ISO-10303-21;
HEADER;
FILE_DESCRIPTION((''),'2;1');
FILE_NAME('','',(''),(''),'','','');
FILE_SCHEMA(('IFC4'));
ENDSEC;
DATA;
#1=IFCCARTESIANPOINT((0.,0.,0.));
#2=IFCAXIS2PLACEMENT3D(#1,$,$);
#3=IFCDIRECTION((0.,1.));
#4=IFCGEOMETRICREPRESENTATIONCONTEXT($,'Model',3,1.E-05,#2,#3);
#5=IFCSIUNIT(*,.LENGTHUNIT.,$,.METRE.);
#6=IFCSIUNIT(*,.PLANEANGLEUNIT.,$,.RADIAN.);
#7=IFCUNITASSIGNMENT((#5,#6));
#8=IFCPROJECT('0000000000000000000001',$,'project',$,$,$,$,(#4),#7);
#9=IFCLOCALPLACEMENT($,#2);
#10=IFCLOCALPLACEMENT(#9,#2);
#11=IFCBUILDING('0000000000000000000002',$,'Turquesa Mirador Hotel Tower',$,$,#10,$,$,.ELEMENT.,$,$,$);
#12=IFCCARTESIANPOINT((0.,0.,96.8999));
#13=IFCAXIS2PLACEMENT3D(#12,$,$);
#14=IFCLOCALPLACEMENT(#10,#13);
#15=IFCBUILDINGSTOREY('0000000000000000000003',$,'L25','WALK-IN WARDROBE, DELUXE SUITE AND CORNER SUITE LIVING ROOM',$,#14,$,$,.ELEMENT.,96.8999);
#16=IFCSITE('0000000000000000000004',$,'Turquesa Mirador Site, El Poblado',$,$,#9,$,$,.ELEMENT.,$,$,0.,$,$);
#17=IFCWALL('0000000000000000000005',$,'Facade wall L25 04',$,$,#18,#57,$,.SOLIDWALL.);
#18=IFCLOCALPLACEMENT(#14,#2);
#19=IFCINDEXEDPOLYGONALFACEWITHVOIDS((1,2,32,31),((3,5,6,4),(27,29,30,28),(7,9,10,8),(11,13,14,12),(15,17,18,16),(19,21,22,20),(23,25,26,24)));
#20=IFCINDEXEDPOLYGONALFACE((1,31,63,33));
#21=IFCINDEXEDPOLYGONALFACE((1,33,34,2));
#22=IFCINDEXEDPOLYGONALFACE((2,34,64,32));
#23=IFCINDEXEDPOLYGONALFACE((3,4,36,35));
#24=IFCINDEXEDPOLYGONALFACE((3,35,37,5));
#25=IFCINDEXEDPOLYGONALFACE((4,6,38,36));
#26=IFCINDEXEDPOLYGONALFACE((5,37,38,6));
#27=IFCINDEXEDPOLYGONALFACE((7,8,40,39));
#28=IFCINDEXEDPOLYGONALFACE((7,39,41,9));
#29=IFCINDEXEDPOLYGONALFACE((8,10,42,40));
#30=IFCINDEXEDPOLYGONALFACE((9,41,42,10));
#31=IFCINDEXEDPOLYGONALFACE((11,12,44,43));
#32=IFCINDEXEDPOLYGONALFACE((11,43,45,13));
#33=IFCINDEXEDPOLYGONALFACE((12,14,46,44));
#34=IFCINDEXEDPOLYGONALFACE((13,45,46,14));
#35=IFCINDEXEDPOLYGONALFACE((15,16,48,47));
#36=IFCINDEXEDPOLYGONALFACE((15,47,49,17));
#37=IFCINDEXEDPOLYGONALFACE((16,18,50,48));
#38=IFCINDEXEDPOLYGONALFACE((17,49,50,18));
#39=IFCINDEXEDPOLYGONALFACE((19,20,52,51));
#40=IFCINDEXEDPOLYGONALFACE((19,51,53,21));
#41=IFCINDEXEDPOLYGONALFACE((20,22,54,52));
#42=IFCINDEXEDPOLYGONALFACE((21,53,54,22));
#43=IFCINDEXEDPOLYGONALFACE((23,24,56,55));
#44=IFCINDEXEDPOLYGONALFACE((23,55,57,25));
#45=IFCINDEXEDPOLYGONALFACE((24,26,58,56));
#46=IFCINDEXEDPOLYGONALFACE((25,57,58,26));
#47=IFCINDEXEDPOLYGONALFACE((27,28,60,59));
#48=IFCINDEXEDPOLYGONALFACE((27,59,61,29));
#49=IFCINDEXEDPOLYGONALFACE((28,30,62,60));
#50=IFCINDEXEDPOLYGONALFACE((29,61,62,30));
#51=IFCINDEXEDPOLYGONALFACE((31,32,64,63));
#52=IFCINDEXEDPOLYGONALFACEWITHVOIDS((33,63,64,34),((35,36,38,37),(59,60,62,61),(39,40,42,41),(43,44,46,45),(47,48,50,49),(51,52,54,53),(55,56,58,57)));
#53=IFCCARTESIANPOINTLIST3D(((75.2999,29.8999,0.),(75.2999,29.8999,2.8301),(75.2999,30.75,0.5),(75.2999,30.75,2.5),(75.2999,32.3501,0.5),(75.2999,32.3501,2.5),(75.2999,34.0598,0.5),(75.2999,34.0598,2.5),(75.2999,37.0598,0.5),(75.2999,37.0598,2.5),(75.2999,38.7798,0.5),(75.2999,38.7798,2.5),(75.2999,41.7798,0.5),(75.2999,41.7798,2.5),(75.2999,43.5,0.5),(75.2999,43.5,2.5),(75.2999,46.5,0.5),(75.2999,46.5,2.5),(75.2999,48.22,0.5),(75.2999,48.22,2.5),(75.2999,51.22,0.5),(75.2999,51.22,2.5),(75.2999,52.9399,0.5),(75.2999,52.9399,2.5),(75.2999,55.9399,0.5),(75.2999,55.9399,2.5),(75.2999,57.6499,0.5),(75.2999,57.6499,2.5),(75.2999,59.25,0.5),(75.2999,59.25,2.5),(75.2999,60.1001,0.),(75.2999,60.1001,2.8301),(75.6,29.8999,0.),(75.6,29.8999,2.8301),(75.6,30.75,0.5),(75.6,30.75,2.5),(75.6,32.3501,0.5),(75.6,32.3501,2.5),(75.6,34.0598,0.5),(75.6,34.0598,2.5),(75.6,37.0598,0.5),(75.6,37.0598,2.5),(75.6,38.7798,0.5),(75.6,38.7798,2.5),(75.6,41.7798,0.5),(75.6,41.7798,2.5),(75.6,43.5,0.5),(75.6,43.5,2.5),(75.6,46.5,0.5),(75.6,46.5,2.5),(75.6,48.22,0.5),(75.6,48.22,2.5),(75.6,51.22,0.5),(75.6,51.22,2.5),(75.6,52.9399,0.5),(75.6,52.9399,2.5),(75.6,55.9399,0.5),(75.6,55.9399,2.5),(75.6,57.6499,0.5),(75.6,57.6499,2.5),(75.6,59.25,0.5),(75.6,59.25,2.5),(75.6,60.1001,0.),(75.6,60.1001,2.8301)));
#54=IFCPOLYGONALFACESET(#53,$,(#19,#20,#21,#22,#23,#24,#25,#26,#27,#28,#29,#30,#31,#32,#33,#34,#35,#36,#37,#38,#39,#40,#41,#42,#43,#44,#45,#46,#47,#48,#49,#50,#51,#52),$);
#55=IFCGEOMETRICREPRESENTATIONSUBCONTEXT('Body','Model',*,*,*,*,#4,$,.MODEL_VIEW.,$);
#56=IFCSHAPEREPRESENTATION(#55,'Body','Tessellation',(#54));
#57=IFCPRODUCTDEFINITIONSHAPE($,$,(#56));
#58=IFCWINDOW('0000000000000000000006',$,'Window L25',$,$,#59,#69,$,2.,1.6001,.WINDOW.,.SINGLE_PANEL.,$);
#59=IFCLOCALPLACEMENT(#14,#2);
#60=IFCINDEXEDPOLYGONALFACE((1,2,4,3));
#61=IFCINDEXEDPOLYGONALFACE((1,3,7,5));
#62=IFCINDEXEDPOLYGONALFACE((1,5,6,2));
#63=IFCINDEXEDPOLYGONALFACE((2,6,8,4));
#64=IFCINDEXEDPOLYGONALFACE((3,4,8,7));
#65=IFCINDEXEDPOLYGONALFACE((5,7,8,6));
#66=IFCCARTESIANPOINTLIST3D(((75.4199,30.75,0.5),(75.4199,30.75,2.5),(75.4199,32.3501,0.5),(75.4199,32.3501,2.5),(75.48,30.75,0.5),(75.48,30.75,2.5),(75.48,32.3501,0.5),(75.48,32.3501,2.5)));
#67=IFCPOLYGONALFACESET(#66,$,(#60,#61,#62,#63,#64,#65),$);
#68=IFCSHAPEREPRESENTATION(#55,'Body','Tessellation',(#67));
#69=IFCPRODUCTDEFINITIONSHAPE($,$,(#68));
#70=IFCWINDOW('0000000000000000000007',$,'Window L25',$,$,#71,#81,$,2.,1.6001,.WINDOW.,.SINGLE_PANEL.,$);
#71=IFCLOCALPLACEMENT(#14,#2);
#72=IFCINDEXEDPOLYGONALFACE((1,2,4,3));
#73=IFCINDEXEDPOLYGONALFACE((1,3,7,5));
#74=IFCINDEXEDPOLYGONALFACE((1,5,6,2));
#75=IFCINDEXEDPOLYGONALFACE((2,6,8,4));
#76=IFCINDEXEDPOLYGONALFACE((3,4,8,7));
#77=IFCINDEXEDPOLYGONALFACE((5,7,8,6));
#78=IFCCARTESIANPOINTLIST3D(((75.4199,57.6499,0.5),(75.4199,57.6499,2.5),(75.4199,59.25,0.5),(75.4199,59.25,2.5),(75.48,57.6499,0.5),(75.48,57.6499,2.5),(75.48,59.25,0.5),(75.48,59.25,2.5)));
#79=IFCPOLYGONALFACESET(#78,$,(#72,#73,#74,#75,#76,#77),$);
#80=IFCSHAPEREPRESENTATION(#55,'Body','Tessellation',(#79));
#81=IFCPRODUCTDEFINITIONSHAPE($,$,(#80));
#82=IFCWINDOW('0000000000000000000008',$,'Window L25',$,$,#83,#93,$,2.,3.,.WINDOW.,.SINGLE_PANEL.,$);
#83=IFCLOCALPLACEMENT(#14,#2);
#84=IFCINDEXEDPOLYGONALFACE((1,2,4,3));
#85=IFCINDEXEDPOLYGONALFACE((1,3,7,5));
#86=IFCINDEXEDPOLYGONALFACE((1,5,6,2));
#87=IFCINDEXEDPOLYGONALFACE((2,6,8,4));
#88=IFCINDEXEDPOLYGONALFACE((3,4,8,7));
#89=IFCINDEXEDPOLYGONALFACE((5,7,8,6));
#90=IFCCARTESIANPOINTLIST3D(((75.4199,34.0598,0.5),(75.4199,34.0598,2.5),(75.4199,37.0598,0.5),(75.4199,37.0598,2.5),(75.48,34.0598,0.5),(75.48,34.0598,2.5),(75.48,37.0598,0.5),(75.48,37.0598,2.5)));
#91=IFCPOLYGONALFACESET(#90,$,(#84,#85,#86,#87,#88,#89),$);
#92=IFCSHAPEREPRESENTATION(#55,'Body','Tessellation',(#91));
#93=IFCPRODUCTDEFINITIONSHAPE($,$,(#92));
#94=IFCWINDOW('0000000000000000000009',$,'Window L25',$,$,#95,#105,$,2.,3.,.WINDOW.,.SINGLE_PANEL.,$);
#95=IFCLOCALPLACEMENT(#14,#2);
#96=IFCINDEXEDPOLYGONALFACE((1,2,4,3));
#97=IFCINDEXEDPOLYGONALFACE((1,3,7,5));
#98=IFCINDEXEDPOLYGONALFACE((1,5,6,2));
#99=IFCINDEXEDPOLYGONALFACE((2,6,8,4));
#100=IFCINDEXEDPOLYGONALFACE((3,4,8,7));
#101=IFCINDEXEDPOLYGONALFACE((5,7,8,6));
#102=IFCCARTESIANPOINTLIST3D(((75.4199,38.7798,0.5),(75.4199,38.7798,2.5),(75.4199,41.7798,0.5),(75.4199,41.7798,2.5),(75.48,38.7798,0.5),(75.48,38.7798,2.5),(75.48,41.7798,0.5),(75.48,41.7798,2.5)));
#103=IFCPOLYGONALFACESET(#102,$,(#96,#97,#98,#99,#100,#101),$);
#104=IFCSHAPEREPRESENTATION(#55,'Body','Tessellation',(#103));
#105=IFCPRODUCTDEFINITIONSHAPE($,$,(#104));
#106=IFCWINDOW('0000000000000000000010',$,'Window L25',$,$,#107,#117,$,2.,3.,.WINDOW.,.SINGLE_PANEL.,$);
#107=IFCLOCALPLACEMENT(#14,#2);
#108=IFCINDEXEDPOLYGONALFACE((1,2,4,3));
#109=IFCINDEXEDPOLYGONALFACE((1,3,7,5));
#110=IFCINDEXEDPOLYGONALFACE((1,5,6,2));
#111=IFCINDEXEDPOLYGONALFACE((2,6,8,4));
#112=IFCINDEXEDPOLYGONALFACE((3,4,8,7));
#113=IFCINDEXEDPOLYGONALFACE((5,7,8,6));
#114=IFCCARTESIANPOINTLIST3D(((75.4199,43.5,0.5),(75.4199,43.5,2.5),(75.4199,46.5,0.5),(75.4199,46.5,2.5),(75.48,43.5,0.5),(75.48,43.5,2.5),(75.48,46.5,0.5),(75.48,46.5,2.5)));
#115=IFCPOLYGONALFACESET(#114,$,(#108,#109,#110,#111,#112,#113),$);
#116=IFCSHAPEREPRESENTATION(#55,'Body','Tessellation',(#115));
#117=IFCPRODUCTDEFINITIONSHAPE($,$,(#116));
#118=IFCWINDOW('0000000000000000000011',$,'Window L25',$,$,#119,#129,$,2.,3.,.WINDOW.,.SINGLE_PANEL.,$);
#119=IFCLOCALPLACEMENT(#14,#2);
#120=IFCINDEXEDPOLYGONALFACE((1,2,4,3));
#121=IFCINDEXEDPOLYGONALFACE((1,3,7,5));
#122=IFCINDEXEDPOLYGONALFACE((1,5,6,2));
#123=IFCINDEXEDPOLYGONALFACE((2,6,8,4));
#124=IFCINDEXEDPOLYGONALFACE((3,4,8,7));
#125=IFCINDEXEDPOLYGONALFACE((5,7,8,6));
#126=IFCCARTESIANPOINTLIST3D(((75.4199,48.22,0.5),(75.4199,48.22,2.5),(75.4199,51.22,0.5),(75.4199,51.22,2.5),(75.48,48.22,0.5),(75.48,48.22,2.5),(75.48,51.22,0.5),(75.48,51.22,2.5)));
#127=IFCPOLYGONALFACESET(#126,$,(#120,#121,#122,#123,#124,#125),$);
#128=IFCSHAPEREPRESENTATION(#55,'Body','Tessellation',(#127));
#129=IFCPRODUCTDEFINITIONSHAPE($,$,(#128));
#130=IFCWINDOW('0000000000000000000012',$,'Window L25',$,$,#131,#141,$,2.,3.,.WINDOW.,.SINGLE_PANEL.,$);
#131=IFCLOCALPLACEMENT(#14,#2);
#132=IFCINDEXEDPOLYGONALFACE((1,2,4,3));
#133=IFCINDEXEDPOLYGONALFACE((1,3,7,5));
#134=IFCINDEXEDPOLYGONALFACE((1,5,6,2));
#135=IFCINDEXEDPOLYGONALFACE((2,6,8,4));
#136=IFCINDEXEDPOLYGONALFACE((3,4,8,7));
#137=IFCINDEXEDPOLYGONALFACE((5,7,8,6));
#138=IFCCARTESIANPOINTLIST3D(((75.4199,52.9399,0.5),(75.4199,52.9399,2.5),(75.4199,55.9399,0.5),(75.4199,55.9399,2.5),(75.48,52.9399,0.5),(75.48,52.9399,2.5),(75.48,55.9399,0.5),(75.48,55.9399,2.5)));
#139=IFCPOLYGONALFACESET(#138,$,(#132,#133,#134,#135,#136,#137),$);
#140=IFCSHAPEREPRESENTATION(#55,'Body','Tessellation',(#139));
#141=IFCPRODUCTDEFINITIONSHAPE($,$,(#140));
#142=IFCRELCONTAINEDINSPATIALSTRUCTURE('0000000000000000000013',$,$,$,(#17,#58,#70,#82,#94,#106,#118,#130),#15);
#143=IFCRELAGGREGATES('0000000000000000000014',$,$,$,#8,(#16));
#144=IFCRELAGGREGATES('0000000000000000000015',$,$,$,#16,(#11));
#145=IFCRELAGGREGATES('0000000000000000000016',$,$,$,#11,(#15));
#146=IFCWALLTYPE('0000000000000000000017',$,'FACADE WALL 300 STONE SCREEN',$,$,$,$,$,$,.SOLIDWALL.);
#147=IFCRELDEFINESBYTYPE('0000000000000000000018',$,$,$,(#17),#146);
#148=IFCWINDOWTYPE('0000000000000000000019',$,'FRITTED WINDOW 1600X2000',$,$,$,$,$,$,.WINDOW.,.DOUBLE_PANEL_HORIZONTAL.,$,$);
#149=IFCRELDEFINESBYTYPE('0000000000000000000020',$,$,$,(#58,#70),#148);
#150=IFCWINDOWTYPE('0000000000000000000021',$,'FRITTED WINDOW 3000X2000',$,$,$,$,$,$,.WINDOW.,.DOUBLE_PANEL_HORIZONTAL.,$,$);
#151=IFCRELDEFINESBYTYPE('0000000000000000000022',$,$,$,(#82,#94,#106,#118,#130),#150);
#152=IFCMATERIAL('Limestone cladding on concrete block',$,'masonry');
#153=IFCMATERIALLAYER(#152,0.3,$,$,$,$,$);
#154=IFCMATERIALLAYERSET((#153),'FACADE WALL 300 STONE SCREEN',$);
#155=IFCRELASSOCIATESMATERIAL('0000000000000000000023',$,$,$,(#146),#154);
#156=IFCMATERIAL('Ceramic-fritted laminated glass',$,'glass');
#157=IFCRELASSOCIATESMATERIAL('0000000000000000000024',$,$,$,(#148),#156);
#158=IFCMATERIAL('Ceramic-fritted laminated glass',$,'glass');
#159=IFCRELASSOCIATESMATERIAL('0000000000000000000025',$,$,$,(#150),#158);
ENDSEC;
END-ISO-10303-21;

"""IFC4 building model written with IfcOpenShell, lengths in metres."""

from ifc_helpers import new_model, si_unit, direction, frame, frame_2d, origin, place, context, subcontext, project, spatial, rectangle, extrude, material, layer, layer_set, type_object, element, fill, save


model = new_model("IFC4")

# Units and contexts
model_context = context("Model", 3, precision=1e-05, world=origin(), true_north=direction((0.0, 1.0)))
body_context = subcontext(model_context, "Body", "Model", "MODEL_VIEW")
ifc_project = project(units=[si_unit("LENGTHUNIT", "METRE"), si_unit("PLANEANGLEUNIT", "RADIAN")], contexts=[model_context])

# Site, building, storey
site_placement = place(None, origin())
site = spatial("IfcSite", under=ifc_project, at=site_placement, Name="Turquesa Mirador Site, El Poblado", CompositionType="ELEMENT", RefElevation=0.0)
building_placement = place(site_placement, origin())
building = spatial("IfcBuilding", under=site, at=building_placement, Name="Turquesa Mirador Hotel Tower", CompositionType="ELEMENT")
storey_placement = place(building_placement, frame((0.0, 0.0, 96.8999)))
storey = spatial("IfcBuildingStorey", under=building, at=storey_placement, Name="L25", Description="WALK-IN WARDROBE, DELUXE SUITE AND CORNER SUITE LIVING ROOM", CompositionType="ELEMENT", Elevation=96.8999)

# Shared definitions
ifc_material_1 = material(Name="Limestone cladding on concrete block", Category="masonry")
ifc_layer = layer(ifc_material_1, 0.3)
ifc_layer_set = layer_set([ifc_layer], Name="FACADE WALL 300 STONE SCREEN")
wall_type = type_object("IfcWallType", Name="FACADE WALL 300 STONE SCREEN", PredefinedType="SOLIDWALL", material=ifc_layer_set)

# Wall, openings, windows
wall_1_placement = place(storey_placement, frame((75.45, 29.8999, 0.0), z_axis=(0.0, 0.0, 1.0), x_axis=(0.0, 1.0, 0.0)))
wall_1 = element("IfcWall", 1, at=wall_1_placement, inside=storey, type_object=wall_type, Name="Facade wall L25 04", PredefinedType="SOLIDWALL", context=body_context, shape_type="SweptSolid", body=[
    extrude(rectangle(XDim=30.2002, YDim=0.3, at=frame_2d((15.1001, 0.0))), origin(), (0.0, 0.0, 1.0), 2.8301),
])
opening_1_placement = place(wall_1_placement, frame((0.8501, 0.0, 0.5)))
opening_1 = element("IfcOpeningElement", 2, at=opening_1_placement, cuts=wall_1, PredefinedType="OPENING", context=body_context, shape_type="SweptSolid", body=[
    extrude(rectangle(XDim=1.6001, YDim=2.0, at=frame_2d((0.8, 1.0))), frame((0.0, 0.1599, 0.0), z_axis=(0.0, -1.0, 0.0), x_axis=(1.0, 0.0, 0.0)), (0.0, 0.0, 1.0), 0.3201),
])
opening_2_placement = place(wall_1_placement, frame((4.1599, 0.0, 0.5)))
opening_2 = element("IfcOpeningElement", 3, at=opening_2_placement, cuts=wall_1, PredefinedType="OPENING", context=body_context, shape_type="SweptSolid", body=[
    extrude(rectangle(XDim=3.0, YDim=2.0, at=frame_2d((1.5, 1.0))), frame((0.0, 0.1599, 0.0), z_axis=(0.0, -1.0, 0.0), x_axis=(1.0, 0.0, 0.0)), (0.0, 0.0, 1.0), 0.3201),
])
opening_3_placement = place(wall_1_placement, frame((8.8799, 0.0, 0.5)))
opening_3 = element("IfcOpeningElement", 4, at=opening_3_placement, cuts=wall_1, PredefinedType="OPENING", context=body_context, shape_type="SweptSolid", body=[
    extrude(rectangle(XDim=3.0, YDim=2.0, at=frame_2d((1.5, 1.0))), frame((0.0, 0.1599, 0.0), z_axis=(0.0, -1.0, 0.0), x_axis=(1.0, 0.0, 0.0)), (0.0, 0.0, 1.0), 0.3201),
])
opening_4_placement = place(wall_1_placement, frame((13.6001, 0.0, 0.5)))
opening_4 = element("IfcOpeningElement", 5, at=opening_4_placement, cuts=wall_1, PredefinedType="OPENING", context=body_context, shape_type="SweptSolid", body=[
    extrude(rectangle(XDim=3.0, YDim=2.0, at=frame_2d((1.5, 1.0))), frame((0.0, 0.1599, 0.0), z_axis=(0.0, -1.0, 0.0), x_axis=(1.0, 0.0, 0.0)), (0.0, 0.0, 1.0), 0.3201),
])
opening_5_placement = place(wall_1_placement, frame((18.3201, 0.0, 0.5)))
opening_5 = element("IfcOpeningElement", 6, at=opening_5_placement, cuts=wall_1, PredefinedType="OPENING", context=body_context, shape_type="SweptSolid", body=[
    extrude(rectangle(XDim=3.0, YDim=2.0, at=frame_2d((1.5, 1.0))), frame((0.0, 0.1599, 0.0), z_axis=(0.0, -1.0, 0.0), x_axis=(1.0, 0.0, 0.0)), (0.0, 0.0, 1.0), 0.3201),
])
opening_6_placement = place(wall_1_placement, frame((23.04, 0.0, 0.5)))
opening_6 = element("IfcOpeningElement", 7, at=opening_6_placement, cuts=wall_1, PredefinedType="OPENING", context=body_context, shape_type="SweptSolid", body=[
    extrude(rectangle(XDim=3.0, YDim=2.0, at=frame_2d((1.5, 1.0))), frame((0.0, 0.1599, 0.0), z_axis=(0.0, -1.0, 0.0), x_axis=(1.0, 0.0, 0.0)), (0.0, 0.0, 1.0), 0.3201),
])
opening_7_placement = place(wall_1_placement, frame((27.75, 0.0, 0.5)))
opening_7 = element("IfcOpeningElement", 8, at=opening_7_placement, cuts=wall_1, PredefinedType="OPENING", context=body_context, shape_type="SweptSolid", body=[
    extrude(rectangle(XDim=1.6001, YDim=2.0, at=frame_2d((0.8, 1.0))), frame((0.0, 0.1599, 0.0), z_axis=(0.0, -1.0, 0.0), x_axis=(1.0, 0.0, 0.0)), (0.0, 0.0, 1.0), 0.3201),
])
ifc_material_2 = material(Name="Ceramic-fritted laminated glass", Category="glass")
window_type_1 = type_object("IfcWindowType", Name="FRITTED WINDOW 1600X2000", PartitioningType="DOUBLE_PANEL_HORIZONTAL", PredefinedType="WINDOW", material=ifc_material_2)
window_1_placement = place(opening_1_placement, origin())
window_1 = element("IfcWindow", 9, at=window_1_placement, inside=storey, type_object=window_type_1, Name="Window L25", OverallHeight=2.0, OverallWidth=1.6001, PartitioningType="SINGLE_PANEL", PredefinedType="WINDOW", context=body_context, shape_type="SweptSolid", body=[
    extrude(rectangle(XDim=1.6001, YDim=2.0, at=frame_2d((0.8, 1.0))), frame((0.0, 0.03, 0.0), z_axis=(0.0, -1.0, 0.0), x_axis=(1.0, 0.0, 0.0)), (0.0, 0.0, 1.0), 0.0601),
])
fill(opening_1, window_1)
window_2_placement = place(opening_7_placement, origin())
window_2 = element("IfcWindow", 10, at=window_2_placement, inside=storey, type_object=window_type_1, Name="Window L25", OverallHeight=2.0, OverallWidth=1.6001, PartitioningType="SINGLE_PANEL", PredefinedType="WINDOW", context=body_context, shape_type="SweptSolid", body=[
    extrude(rectangle(XDim=1.6001, YDim=2.0, at=frame_2d((0.8, 1.0))), frame((0.0, 0.03, 0.0), z_axis=(0.0, -1.0, 0.0), x_axis=(1.0, 0.0, 0.0)), (0.0, 0.0, 1.0), 0.0601),
])
fill(opening_7, window_2)
ifc_material_3 = material(Name="Ceramic-fritted laminated glass", Category="glass")
window_type_2 = type_object("IfcWindowType", Name="FRITTED WINDOW 3000X2000", PartitioningType="DOUBLE_PANEL_HORIZONTAL", PredefinedType="WINDOW", material=ifc_material_3)
window_3_placement = place(opening_2_placement, origin())
window_3 = element("IfcWindow", 11, at=window_3_placement, inside=storey, type_object=window_type_2, Name="Window L25", OverallHeight=2.0, OverallWidth=3.0, PartitioningType="SINGLE_PANEL", PredefinedType="WINDOW", context=body_context, shape_type="SweptSolid", body=[
    extrude(rectangle(XDim=3.0, YDim=2.0, at=frame_2d((1.5, 1.0))), frame((0.0, 0.03, 0.0), z_axis=(0.0, -1.0, 0.0), x_axis=(1.0, 0.0, 0.0)), (0.0, 0.0, 1.0), 0.0601),
])
fill(opening_2, window_3)
window_4_placement = place(opening_3_placement, origin())
window_4 = element("IfcWindow", 12, at=window_4_placement, inside=storey, type_object=window_type_2, Name="Window L25", OverallHeight=2.0, OverallWidth=3.0, PartitioningType="SINGLE_PANEL", PredefinedType="WINDOW", context=body_context, shape_type="SweptSolid", body=[
    extrude(rectangle(XDim=3.0, YDim=2.0, at=frame_2d((1.5, 1.0))), frame((0.0, 0.03, 0.0), z_axis=(0.0, -1.0, 0.0), x_axis=(1.0, 0.0, 0.0)), (0.0, 0.0, 1.0), 0.0601),
])
fill(opening_3, window_4)
window_5_placement = place(opening_4_placement, origin())
window_5 = element("IfcWindow", 13, at=window_5_placement, inside=storey, type_object=window_type_2, Name="Window L25", OverallHeight=2.0, OverallWidth=3.0, PartitioningType="SINGLE_PANEL", PredefinedType="WINDOW", context=body_context, shape_type="SweptSolid", body=[
    extrude(rectangle(XDim=3.0, YDim=2.0, at=frame_2d((1.5, 1.0))), frame((0.0, 0.03, 0.0), z_axis=(0.0, -1.0, 0.0), x_axis=(1.0, 0.0, 0.0)), (0.0, 0.0, 1.0), 0.0601),
])
fill(opening_4, window_5)
window_6_placement = place(opening_5_placement, origin())
window_6 = element("IfcWindow", 14, at=window_6_placement, inside=storey, type_object=window_type_2, Name="Window L25", OverallHeight=2.0, OverallWidth=3.0, PartitioningType="SINGLE_PANEL", PredefinedType="WINDOW", context=body_context, shape_type="SweptSolid", body=[
    extrude(rectangle(XDim=3.0, YDim=2.0, at=frame_2d((1.5, 1.0))), frame((0.0, 0.03, 0.0), z_axis=(0.0, -1.0, 0.0), x_axis=(1.0, 0.0, 0.0)), (0.0, 0.0, 1.0), 0.0601),
])
fill(opening_5, window_6)
window_7_placement = place(opening_6_placement, origin())
window_7 = element("IfcWindow", 15, at=window_7_placement, inside=storey, type_object=window_type_2, Name="Window L25", OverallHeight=2.0, OverallWidth=3.0, PartitioningType="SINGLE_PANEL", PredefinedType="WINDOW", context=body_context, shape_type="SweptSolid", body=[
    extrude(rectangle(XDim=3.0, YDim=2.0, at=frame_2d((1.5, 1.0))), frame((0.0, 0.03, 0.0), z_axis=(0.0, -1.0, 0.0), x_axis=(1.0, 0.0, 0.0)), (0.0, 0.0, 1.0), 0.0601),
])
fill(opening_6, window_7)

save(model, "model.ifc")
